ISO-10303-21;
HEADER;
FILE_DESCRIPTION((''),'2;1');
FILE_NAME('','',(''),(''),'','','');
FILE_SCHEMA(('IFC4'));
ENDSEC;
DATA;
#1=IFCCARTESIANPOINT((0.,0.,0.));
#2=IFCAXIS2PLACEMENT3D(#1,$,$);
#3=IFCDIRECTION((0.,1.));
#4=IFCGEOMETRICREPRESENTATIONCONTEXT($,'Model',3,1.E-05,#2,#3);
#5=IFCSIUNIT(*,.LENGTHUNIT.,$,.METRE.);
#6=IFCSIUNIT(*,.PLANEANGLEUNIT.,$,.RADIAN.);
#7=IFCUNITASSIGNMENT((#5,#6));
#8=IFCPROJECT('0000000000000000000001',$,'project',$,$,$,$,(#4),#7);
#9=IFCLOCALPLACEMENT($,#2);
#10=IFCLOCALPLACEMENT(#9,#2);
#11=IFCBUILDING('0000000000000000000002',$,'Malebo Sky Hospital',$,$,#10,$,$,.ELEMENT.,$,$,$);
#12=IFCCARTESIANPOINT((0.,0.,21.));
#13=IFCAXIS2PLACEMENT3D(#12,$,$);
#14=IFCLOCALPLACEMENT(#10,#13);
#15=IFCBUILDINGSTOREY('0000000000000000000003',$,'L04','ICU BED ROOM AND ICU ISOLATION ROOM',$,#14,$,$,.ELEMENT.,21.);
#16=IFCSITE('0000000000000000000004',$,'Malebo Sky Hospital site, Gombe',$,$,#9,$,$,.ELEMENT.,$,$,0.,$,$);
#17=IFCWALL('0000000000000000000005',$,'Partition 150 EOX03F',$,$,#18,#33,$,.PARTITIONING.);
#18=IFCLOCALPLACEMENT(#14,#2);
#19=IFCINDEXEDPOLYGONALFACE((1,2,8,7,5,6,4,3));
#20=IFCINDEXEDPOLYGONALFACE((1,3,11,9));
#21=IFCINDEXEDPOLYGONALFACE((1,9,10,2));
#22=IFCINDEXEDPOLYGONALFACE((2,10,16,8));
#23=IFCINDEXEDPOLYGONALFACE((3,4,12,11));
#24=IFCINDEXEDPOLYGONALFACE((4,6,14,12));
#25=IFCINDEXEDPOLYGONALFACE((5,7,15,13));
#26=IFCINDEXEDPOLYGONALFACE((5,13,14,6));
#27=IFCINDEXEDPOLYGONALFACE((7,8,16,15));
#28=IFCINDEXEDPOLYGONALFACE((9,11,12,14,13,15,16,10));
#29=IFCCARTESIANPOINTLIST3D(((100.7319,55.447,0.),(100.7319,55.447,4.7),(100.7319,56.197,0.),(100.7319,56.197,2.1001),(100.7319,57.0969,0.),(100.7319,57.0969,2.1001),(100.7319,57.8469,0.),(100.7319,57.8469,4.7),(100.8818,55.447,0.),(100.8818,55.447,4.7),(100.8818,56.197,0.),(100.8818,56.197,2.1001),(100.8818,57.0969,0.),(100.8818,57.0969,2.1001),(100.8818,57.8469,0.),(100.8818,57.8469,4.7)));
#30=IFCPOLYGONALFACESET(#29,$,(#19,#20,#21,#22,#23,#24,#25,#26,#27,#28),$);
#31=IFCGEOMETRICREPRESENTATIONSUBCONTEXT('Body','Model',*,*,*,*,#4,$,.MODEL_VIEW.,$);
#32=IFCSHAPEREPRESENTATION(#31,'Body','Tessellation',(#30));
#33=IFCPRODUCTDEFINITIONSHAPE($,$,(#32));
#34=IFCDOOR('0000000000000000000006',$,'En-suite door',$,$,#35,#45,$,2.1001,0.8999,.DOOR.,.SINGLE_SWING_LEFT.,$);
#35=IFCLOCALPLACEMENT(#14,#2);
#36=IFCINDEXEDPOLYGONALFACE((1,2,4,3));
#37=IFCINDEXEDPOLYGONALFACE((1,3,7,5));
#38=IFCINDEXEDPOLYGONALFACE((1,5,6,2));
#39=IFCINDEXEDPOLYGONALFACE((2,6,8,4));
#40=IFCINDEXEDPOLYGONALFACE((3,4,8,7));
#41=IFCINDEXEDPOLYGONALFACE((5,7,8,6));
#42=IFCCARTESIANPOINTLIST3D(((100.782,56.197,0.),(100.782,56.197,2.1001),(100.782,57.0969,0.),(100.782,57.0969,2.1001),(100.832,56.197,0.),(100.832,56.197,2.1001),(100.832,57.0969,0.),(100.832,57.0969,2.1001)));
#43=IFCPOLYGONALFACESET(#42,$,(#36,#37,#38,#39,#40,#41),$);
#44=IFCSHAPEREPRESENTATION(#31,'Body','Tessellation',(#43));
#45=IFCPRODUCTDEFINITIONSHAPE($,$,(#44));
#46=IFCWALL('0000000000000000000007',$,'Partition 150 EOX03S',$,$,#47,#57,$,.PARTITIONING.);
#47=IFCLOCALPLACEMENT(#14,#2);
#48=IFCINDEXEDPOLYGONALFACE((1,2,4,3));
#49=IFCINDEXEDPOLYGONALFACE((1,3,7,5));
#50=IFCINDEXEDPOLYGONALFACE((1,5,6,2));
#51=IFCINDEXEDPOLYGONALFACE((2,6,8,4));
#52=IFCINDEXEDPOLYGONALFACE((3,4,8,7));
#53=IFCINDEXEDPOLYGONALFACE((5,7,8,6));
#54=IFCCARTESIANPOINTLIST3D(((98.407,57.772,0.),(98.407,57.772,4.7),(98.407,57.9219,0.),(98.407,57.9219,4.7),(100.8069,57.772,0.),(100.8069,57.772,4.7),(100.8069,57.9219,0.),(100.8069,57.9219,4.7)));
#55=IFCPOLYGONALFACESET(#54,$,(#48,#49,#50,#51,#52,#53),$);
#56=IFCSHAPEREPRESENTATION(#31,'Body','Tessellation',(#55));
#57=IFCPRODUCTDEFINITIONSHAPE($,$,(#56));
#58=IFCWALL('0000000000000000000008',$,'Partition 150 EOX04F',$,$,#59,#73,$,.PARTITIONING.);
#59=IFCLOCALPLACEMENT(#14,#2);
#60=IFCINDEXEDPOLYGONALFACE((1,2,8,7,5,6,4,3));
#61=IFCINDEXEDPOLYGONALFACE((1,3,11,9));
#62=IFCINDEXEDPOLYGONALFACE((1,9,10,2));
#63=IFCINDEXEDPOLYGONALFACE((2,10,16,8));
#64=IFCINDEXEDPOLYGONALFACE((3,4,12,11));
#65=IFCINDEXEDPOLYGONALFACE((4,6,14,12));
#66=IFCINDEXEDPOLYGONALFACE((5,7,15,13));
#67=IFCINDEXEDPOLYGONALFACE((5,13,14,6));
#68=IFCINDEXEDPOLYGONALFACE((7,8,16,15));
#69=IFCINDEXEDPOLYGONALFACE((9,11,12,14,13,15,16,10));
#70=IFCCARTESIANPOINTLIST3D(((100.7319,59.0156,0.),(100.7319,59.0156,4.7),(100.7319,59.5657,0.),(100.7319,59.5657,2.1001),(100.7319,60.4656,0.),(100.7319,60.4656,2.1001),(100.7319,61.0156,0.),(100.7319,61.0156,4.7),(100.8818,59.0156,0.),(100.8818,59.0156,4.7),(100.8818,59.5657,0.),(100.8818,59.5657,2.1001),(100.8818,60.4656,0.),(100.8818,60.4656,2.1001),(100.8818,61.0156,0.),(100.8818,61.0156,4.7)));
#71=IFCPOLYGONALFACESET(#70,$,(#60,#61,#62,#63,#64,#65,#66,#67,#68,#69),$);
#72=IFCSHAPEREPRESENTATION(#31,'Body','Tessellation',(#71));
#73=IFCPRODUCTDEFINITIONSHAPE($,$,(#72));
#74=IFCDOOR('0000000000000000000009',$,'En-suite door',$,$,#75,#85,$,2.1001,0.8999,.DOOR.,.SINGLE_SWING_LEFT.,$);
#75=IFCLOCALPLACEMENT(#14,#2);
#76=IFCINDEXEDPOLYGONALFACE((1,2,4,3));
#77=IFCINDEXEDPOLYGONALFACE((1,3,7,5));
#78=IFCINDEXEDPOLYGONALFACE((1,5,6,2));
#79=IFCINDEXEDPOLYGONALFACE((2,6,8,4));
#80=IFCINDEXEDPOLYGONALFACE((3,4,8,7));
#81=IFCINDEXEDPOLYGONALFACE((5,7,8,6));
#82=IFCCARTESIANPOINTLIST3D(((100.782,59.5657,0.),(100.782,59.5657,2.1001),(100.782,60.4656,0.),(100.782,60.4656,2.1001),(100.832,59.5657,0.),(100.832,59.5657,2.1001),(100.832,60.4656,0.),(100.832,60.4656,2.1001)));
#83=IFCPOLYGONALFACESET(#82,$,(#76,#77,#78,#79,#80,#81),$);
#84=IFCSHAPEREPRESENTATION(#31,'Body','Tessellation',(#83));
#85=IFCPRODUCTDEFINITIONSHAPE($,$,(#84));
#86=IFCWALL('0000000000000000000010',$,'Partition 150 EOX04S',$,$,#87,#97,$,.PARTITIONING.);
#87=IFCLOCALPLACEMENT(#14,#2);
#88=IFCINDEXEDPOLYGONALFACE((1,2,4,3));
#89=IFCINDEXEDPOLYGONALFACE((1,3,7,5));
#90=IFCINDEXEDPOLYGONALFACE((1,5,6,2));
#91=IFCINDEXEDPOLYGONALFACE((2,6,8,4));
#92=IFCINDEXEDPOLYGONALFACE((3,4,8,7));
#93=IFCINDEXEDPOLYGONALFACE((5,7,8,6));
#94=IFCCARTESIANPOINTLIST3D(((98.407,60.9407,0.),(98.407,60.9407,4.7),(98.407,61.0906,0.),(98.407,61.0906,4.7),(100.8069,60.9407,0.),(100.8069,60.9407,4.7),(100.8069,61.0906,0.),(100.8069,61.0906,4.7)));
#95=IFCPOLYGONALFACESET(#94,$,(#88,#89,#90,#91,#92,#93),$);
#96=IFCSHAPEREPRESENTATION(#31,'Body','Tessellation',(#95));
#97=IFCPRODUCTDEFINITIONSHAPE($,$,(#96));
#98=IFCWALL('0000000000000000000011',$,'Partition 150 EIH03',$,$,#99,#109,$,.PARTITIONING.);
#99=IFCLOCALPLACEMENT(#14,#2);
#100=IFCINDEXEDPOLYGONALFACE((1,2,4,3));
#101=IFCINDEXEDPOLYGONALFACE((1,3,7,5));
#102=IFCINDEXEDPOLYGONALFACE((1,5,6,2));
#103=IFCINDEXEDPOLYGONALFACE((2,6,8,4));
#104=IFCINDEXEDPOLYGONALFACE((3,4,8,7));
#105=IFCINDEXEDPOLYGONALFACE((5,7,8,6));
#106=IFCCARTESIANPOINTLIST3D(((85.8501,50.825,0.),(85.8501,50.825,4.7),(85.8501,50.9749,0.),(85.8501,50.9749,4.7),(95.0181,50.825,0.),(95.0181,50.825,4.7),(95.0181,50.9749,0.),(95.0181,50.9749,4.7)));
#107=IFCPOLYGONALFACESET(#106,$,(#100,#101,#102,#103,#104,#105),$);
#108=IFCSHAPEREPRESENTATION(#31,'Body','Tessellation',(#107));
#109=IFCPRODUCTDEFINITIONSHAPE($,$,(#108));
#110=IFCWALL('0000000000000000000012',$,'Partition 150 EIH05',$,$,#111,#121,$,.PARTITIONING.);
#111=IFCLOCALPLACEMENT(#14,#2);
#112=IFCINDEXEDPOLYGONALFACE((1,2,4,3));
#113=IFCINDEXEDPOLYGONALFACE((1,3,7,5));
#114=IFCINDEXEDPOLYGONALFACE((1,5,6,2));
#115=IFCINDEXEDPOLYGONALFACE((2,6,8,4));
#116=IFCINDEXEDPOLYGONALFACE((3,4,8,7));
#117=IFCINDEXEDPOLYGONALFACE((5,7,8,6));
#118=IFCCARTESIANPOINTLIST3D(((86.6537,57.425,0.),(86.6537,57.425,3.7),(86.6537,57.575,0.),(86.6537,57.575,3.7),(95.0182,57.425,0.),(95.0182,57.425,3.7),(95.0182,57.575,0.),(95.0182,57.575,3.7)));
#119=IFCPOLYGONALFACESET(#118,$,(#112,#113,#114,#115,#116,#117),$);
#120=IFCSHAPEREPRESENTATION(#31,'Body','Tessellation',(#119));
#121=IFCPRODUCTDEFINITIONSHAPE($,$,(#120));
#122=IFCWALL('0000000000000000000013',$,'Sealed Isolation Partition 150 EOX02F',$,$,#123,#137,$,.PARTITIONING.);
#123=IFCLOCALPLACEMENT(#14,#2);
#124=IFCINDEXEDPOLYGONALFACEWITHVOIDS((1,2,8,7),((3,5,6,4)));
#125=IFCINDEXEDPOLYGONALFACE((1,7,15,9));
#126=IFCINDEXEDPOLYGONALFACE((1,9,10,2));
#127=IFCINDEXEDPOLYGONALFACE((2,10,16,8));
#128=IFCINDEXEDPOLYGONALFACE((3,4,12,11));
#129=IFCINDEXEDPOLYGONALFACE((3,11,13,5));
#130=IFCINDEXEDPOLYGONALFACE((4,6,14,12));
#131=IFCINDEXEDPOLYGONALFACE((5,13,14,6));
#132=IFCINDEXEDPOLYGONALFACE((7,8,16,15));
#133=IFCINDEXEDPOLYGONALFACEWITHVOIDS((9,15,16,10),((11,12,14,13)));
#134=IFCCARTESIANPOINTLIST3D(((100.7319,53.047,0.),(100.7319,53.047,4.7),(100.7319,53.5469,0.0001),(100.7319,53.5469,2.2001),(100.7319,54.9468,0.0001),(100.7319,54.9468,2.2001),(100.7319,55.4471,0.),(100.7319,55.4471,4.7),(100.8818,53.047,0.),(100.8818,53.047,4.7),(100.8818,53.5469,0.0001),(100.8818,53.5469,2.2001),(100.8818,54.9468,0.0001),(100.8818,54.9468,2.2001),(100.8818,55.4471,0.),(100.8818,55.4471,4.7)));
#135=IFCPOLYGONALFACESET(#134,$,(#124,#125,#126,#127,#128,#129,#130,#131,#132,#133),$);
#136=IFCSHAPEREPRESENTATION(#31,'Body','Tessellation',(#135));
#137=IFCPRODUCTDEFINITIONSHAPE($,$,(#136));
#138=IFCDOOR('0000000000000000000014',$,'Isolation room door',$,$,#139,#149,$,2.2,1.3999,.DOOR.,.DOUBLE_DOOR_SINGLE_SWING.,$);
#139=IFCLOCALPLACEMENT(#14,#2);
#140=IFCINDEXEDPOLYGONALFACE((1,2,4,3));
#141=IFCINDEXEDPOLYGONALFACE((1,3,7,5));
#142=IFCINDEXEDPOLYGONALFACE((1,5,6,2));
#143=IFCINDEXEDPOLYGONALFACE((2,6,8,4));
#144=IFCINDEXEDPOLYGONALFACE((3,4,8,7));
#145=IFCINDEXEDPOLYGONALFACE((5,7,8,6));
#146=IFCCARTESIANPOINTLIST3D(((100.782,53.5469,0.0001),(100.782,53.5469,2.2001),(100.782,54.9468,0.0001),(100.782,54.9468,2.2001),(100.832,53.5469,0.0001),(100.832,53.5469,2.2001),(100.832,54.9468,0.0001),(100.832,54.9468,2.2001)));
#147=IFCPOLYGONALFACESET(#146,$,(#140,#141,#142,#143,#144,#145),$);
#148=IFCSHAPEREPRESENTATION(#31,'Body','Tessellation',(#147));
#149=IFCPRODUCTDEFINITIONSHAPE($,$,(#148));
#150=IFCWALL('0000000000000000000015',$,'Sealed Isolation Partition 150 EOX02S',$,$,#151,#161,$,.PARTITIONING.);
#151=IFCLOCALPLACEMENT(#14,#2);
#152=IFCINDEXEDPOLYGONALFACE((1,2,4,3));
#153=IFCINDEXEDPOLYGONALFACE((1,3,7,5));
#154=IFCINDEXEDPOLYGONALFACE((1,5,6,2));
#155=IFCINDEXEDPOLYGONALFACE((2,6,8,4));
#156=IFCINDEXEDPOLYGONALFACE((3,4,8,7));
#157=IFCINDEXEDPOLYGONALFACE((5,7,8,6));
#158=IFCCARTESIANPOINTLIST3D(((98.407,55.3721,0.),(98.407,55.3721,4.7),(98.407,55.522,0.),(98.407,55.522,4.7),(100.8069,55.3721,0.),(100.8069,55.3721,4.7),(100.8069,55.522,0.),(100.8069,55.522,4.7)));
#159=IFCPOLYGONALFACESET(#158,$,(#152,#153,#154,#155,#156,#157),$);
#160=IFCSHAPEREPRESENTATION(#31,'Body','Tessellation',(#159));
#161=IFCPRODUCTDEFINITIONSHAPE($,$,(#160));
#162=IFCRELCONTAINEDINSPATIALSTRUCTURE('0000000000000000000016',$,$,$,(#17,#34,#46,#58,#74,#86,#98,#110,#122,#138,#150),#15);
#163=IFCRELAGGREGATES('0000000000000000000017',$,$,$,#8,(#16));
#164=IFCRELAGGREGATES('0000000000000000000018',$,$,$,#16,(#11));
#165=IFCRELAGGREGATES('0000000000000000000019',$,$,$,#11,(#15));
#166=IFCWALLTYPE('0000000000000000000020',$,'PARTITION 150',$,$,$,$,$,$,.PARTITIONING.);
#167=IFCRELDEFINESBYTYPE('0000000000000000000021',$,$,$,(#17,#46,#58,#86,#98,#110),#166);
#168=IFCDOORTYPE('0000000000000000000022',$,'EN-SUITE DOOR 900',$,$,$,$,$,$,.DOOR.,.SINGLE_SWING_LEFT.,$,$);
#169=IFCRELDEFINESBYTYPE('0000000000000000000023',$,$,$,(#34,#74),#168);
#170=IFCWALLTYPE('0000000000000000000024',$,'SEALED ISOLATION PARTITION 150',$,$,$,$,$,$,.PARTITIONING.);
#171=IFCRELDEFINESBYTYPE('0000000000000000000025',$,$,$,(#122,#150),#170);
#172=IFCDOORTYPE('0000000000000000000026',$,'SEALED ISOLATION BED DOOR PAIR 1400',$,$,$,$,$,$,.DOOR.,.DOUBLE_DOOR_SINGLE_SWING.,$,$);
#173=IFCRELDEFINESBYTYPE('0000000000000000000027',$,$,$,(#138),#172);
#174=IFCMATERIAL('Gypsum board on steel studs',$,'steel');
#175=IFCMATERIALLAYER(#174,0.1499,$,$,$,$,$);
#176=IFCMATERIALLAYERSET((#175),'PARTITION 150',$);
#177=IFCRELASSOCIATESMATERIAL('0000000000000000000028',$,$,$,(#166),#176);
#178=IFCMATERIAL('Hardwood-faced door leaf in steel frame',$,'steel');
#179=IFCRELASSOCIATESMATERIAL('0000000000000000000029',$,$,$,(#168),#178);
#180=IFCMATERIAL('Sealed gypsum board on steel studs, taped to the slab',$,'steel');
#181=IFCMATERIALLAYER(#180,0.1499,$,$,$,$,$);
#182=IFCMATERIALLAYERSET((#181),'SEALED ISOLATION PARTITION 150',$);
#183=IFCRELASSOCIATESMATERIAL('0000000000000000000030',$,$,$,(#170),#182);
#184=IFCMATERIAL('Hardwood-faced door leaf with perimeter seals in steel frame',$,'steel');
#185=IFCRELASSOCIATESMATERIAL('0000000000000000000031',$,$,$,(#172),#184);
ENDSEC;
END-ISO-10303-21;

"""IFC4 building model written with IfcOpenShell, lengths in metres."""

from ifc_helpers import new_model, si_unit, direction, frame, frame_2d, origin, place, context, subcontext, project, spatial, rectangle, extrude, material, layer, layer_set, type_object, element, fill, save


model = new_model("IFC4")

# Units and contexts
model_context = context("Model", 3, precision=1e-05, world=origin(), true_north=direction((0.0, 1.0)))
body_context = subcontext(model_context, "Body", "Model", "MODEL_VIEW")
ifc_project = project(units=[si_unit("LENGTHUNIT", "METRE"), si_unit("PLANEANGLEUNIT", "RADIAN")], contexts=[model_context])

# Site, building, storey
site_placement = place(None, origin())
site = spatial("IfcSite", under=ifc_project, at=site_placement, Name="Malebo Sky Hospital site, Gombe", CompositionType="ELEMENT", RefElevation=0.0)
building_placement = place(site_placement, origin())
building = spatial("IfcBuilding", under=site, at=building_placement, Name="Malebo Sky Hospital", CompositionType="ELEMENT")
storey_placement = place(building_placement, frame((0.0, 0.0, 21.0)))
storey = spatial("IfcBuildingStorey", under=building, at=storey_placement, Name="L04", Description="ICU BED ROOM AND ICU ISOLATION ROOM", CompositionType="ELEMENT", Elevation=21.0)

# Shared definitions
ifc_material_1 = material(Name="Gypsum board on steel studs", Category="steel")
ifc_material_2 = material(Name="Hardwood-faced door leaf in steel frame", Category="steel")

# Shared definitions
ifc_layer_1 = layer(ifc_material_1, 0.1499)
ifc_layer_set_1 = layer_set([ifc_layer_1], Name="PARTITION 150")
wall_type_1 = type_object("IfcWallType", Name="PARTITION 150", PredefinedType="PARTITIONING", material=ifc_layer_set_1)

# Wall, opening, door
wall_1_placement = place(storey_placement, frame((100.8069, 55.447, 0.0), z_axis=(0.0, 0.0, 1.0), x_axis=(0.0, 1.0, 0.0)))
wall_1 = element("IfcWall", 1, at=wall_1_placement, inside=storey, type_object=wall_type_1, Name="Partition 150 EOX03F", PredefinedType="PARTITIONING", context=body_context, shape_type="SweptSolid", body=[
    extrude(rectangle(XDim=2.3999, YDim=0.1499, at=frame_2d((1.2, 0.0))), origin(), (0.0, 0.0, 1.0), 4.7),
])
opening_1_placement = place(wall_1_placement, frame((0.75, 0.0, 0.0)))
opening_1 = element("IfcOpeningElement", 2, at=opening_1_placement, cuts=wall_1, PredefinedType="OPENING", context=body_context, shape_type="SweptSolid", body=[
    extrude(rectangle(XDim=0.8999, YDim=2.1001, at=frame_2d((0.45, 1.05))), frame((0.0, 0.085, 0.0), z_axis=(0.0, -1.0, 0.0), x_axis=(1.0, 0.0, 0.0)), (0.0, 0.0, 1.0), 0.1699),
])
door_type_1 = type_object("IfcDoorType", Name="EN-SUITE DOOR 900", OperationType="SINGLE_SWING_LEFT", PredefinedType="DOOR", material=ifc_material_2)
door_1_placement = place(opening_1_placement, origin())
door_1 = element("IfcDoor", 3, at=door_1_placement, inside=storey, type_object=door_type_1, Name="En-suite door", OperationType="SINGLE_SWING_LEFT", OverallHeight=2.1001, OverallWidth=0.8999, PredefinedType="DOOR", context=body_context, shape_type="SweptSolid", body=[
    extrude(rectangle(XDim=0.8999, YDim=2.1001, at=frame_2d((0.45, 1.05))), frame((0.0, 0.0249, 0.0), z_axis=(0.0, -1.0, 0.0), x_axis=(1.0, 0.0, 0.0)), (0.0, 0.0, 1.0), 0.05),
])
fill(opening_1, door_1)

# Wall
wall_2_placement = place(storey_placement, frame((98.407, 57.8469, 0.0), z_axis=(0.0, 0.0, 1.0), x_axis=(1.0, 0.0, 0.0)))
element("IfcWall", 4, at=wall_2_placement, inside=storey, type_object=wall_type_1, Name="Partition 150 EOX03S", PredefinedType="PARTITIONING", context=body_context, shape_type="SweptSolid", body=[
    extrude(rectangle(XDim=2.3999, YDim=0.1499, at=frame_2d((1.2, 0.0))), origin(), (0.0, 0.0, 1.0), 4.7),
])

# Wall, opening, door
wall_3_placement = place(storey_placement, frame((100.8069, 59.0156, 0.0), z_axis=(0.0, 0.0, 1.0), x_axis=(0.0, 1.0, 0.0)))
wall_3 = element("IfcWall", 5, at=wall_3_placement, inside=storey, type_object=wall_type_1, Name="Partition 150 EOX04F", PredefinedType="PARTITIONING", context=body_context, shape_type="SweptSolid", body=[
    extrude(rectangle(XDim=2.0, YDim=0.1499, at=frame_2d((1.0, 0.0))), origin(), (0.0, 0.0, 1.0), 4.7),
])
opening_2_placement = place(wall_3_placement, frame((0.55, 0.0, 0.0)))
opening_2 = element("IfcOpeningElement", 6, at=opening_2_placement, cuts=wall_3, PredefinedType="OPENING", context=body_context, shape_type="SweptSolid", body=[
    extrude(rectangle(XDim=0.8999, YDim=2.1001, at=frame_2d((0.45, 1.05))), frame((0.0, 0.085, 0.0), z_axis=(0.0, -1.0, 0.0), x_axis=(1.0, 0.0, 0.0)), (0.0, 0.0, 1.0), 0.1699),
])
door_2_placement = place(opening_2_placement, origin())
door_2 = element("IfcDoor", 7, at=door_2_placement, inside=storey, type_object=door_type_1, Name="En-suite door", OperationType="SINGLE_SWING_LEFT", OverallHeight=2.1001, OverallWidth=0.8999, PredefinedType="DOOR", context=body_context, shape_type="SweptSolid", body=[
    extrude(rectangle(XDim=0.8999, YDim=2.1001, at=frame_2d((0.45, 1.05))), frame((0.0, 0.0249, 0.0), z_axis=(0.0, -1.0, 0.0), x_axis=(1.0, 0.0, 0.0)), (0.0, 0.0, 1.0), 0.05),
])
fill(opening_2, door_2)

# Walls
wall_4_placement = place(storey_placement, frame((98.407, 61.0156, 0.0), z_axis=(0.0, 0.0, 1.0), x_axis=(1.0, 0.0, 0.0)))
element("IfcWall", 8, at=wall_4_placement, inside=storey, type_object=wall_type_1, Name="Partition 150 EOX04S", PredefinedType="PARTITIONING", context=body_context, shape_type="SweptSolid", body=[
    extrude(rectangle(XDim=2.3999, YDim=0.1499, at=frame_2d((1.2, 0.0))), origin(), (0.0, 0.0, 1.0), 4.7),
])
wall_5_placement = place(storey_placement, frame((95.0181, 50.8999, 0.0), z_axis=(0.0, 0.0, 1.0), x_axis=(-1.0, 0.0, 0.0)))
element("IfcWall", 9, at=wall_5_placement, inside=storey, type_object=wall_type_1, Name="Partition 150 EIH03", PredefinedType="PARTITIONING", context=body_context, shape_type="SweptSolid", body=[
    extrude(rectangle(XDim=9.168, YDim=0.1499, at=frame_2d((4.584, 0.0))), origin(), (0.0, 0.0, 1.0), 4.7),
])
wall_6_placement = place(storey_placement, frame((95.0181, 57.5, 0.0), z_axis=(0.0, 0.0, 1.0), x_axis=(-1.0, 0.0, 0.0)))
element("IfcWall", 10, at=wall_6_placement, inside=storey, type_object=wall_type_1, Name="Partition 150 EIH05", PredefinedType="PARTITIONING", context=body_context, shape_type="SweptSolid", body=[
    extrude(rectangle(XDim=8.3645, YDim=0.1499, at=frame_2d((4.1821, 0.0))), origin(), (0.0, 0.0, 1.0), 3.7),
])

# Wall, opening, door
ifc_material_3 = material(Name="Sealed gypsum board on steel studs, taped to the slab", Category="steel")
ifc_layer_2 = layer(ifc_material_3, 0.1499)
ifc_layer_set_2 = layer_set([ifc_layer_2], Name="SEALED ISOLATION PARTITION 150")
wall_type_2 = type_object("IfcWallType", Name="SEALED ISOLATION PARTITION 150", PredefinedType="PARTITIONING", material=ifc_layer_set_2)
wall_7_placement = place(storey_placement, frame((100.8069, 53.0469, 0.0), z_axis=(0.0, 0.0, 1.0), x_axis=(0.0, 1.0, 0.0)))
wall_7 = element("IfcWall", 11, at=wall_7_placement, inside=storey, type_object=wall_type_2, Name="Sealed Isolation Partition 150 EOX02F", PredefinedType="PARTITIONING", context=body_context, shape_type="SweptSolid", body=[
    extrude(rectangle(XDim=2.4001, YDim=0.1499, at=frame_2d((1.2002, 0.0))), origin(), (0.0, 0.0, 1.0), 4.7),
])
opening_3_placement = place(wall_7_placement, frame((0.5, 0.0, 0.0)))
opening_3 = element("IfcOpeningElement", 12, at=opening_3_placement, cuts=wall_7, PredefinedType="OPENING", context=body_context, shape_type="SweptSolid", body=[
    extrude(rectangle(XDim=1.3999, YDim=2.2, at=frame_2d((0.7, 1.1001))), frame((0.0, 0.085, 0.0), z_axis=(0.0, -1.0, 0.0), x_axis=(1.0, 0.0, 0.0)), (0.0, 0.0, 1.0), 0.1699),
])
ifc_material_4 = material(Name="Hardwood-faced door leaf with perimeter seals in steel frame", Category="steel")
door_type_2 = type_object("IfcDoorType", Name="SEALED ISOLATION BED DOOR PAIR 1400", OperationType="DOUBLE_DOOR_SINGLE_SWING", PredefinedType="DOOR", material=ifc_material_4)
door_3_placement = place(opening_3_placement, origin())
door_3 = element("IfcDoor", 13, at=door_3_placement, inside=storey, type_object=door_type_2, Name="Isolation room door", OperationType="DOUBLE_DOOR_SINGLE_SWING", OverallHeight=2.2, OverallWidth=1.3999, PredefinedType="DOOR", context=body_context, shape_type="SweptSolid", body=[
    extrude(rectangle(XDim=1.3999, YDim=2.2, at=frame_2d((0.7, 1.1001))), frame((0.0, 0.0249, 0.0), z_axis=(0.0, -1.0, 0.0), x_axis=(1.0, 0.0, 0.0)), (0.0, 0.0, 1.0), 0.05),
])
fill(opening_3, door_3)

# Wall
wall_8_placement = place(storey_placement, frame((98.407, 55.447, 0.0), z_axis=(0.0, 0.0, 1.0), x_axis=(1.0, 0.0, 0.0)))
element("IfcWall", 14, at=wall_8_placement, inside=storey, type_object=wall_type_2, Name="Sealed Isolation Partition 150 EOX02S", PredefinedType="PARTITIONING", context=body_context, shape_type="SweptSolid", body=[
    extrude(rectangle(XDim=2.3999, YDim=0.1499, at=frame_2d((1.2, 0.0))), origin(), (0.0, 0.0, 1.0), 4.7),
])

save(model, "model.ifc")
